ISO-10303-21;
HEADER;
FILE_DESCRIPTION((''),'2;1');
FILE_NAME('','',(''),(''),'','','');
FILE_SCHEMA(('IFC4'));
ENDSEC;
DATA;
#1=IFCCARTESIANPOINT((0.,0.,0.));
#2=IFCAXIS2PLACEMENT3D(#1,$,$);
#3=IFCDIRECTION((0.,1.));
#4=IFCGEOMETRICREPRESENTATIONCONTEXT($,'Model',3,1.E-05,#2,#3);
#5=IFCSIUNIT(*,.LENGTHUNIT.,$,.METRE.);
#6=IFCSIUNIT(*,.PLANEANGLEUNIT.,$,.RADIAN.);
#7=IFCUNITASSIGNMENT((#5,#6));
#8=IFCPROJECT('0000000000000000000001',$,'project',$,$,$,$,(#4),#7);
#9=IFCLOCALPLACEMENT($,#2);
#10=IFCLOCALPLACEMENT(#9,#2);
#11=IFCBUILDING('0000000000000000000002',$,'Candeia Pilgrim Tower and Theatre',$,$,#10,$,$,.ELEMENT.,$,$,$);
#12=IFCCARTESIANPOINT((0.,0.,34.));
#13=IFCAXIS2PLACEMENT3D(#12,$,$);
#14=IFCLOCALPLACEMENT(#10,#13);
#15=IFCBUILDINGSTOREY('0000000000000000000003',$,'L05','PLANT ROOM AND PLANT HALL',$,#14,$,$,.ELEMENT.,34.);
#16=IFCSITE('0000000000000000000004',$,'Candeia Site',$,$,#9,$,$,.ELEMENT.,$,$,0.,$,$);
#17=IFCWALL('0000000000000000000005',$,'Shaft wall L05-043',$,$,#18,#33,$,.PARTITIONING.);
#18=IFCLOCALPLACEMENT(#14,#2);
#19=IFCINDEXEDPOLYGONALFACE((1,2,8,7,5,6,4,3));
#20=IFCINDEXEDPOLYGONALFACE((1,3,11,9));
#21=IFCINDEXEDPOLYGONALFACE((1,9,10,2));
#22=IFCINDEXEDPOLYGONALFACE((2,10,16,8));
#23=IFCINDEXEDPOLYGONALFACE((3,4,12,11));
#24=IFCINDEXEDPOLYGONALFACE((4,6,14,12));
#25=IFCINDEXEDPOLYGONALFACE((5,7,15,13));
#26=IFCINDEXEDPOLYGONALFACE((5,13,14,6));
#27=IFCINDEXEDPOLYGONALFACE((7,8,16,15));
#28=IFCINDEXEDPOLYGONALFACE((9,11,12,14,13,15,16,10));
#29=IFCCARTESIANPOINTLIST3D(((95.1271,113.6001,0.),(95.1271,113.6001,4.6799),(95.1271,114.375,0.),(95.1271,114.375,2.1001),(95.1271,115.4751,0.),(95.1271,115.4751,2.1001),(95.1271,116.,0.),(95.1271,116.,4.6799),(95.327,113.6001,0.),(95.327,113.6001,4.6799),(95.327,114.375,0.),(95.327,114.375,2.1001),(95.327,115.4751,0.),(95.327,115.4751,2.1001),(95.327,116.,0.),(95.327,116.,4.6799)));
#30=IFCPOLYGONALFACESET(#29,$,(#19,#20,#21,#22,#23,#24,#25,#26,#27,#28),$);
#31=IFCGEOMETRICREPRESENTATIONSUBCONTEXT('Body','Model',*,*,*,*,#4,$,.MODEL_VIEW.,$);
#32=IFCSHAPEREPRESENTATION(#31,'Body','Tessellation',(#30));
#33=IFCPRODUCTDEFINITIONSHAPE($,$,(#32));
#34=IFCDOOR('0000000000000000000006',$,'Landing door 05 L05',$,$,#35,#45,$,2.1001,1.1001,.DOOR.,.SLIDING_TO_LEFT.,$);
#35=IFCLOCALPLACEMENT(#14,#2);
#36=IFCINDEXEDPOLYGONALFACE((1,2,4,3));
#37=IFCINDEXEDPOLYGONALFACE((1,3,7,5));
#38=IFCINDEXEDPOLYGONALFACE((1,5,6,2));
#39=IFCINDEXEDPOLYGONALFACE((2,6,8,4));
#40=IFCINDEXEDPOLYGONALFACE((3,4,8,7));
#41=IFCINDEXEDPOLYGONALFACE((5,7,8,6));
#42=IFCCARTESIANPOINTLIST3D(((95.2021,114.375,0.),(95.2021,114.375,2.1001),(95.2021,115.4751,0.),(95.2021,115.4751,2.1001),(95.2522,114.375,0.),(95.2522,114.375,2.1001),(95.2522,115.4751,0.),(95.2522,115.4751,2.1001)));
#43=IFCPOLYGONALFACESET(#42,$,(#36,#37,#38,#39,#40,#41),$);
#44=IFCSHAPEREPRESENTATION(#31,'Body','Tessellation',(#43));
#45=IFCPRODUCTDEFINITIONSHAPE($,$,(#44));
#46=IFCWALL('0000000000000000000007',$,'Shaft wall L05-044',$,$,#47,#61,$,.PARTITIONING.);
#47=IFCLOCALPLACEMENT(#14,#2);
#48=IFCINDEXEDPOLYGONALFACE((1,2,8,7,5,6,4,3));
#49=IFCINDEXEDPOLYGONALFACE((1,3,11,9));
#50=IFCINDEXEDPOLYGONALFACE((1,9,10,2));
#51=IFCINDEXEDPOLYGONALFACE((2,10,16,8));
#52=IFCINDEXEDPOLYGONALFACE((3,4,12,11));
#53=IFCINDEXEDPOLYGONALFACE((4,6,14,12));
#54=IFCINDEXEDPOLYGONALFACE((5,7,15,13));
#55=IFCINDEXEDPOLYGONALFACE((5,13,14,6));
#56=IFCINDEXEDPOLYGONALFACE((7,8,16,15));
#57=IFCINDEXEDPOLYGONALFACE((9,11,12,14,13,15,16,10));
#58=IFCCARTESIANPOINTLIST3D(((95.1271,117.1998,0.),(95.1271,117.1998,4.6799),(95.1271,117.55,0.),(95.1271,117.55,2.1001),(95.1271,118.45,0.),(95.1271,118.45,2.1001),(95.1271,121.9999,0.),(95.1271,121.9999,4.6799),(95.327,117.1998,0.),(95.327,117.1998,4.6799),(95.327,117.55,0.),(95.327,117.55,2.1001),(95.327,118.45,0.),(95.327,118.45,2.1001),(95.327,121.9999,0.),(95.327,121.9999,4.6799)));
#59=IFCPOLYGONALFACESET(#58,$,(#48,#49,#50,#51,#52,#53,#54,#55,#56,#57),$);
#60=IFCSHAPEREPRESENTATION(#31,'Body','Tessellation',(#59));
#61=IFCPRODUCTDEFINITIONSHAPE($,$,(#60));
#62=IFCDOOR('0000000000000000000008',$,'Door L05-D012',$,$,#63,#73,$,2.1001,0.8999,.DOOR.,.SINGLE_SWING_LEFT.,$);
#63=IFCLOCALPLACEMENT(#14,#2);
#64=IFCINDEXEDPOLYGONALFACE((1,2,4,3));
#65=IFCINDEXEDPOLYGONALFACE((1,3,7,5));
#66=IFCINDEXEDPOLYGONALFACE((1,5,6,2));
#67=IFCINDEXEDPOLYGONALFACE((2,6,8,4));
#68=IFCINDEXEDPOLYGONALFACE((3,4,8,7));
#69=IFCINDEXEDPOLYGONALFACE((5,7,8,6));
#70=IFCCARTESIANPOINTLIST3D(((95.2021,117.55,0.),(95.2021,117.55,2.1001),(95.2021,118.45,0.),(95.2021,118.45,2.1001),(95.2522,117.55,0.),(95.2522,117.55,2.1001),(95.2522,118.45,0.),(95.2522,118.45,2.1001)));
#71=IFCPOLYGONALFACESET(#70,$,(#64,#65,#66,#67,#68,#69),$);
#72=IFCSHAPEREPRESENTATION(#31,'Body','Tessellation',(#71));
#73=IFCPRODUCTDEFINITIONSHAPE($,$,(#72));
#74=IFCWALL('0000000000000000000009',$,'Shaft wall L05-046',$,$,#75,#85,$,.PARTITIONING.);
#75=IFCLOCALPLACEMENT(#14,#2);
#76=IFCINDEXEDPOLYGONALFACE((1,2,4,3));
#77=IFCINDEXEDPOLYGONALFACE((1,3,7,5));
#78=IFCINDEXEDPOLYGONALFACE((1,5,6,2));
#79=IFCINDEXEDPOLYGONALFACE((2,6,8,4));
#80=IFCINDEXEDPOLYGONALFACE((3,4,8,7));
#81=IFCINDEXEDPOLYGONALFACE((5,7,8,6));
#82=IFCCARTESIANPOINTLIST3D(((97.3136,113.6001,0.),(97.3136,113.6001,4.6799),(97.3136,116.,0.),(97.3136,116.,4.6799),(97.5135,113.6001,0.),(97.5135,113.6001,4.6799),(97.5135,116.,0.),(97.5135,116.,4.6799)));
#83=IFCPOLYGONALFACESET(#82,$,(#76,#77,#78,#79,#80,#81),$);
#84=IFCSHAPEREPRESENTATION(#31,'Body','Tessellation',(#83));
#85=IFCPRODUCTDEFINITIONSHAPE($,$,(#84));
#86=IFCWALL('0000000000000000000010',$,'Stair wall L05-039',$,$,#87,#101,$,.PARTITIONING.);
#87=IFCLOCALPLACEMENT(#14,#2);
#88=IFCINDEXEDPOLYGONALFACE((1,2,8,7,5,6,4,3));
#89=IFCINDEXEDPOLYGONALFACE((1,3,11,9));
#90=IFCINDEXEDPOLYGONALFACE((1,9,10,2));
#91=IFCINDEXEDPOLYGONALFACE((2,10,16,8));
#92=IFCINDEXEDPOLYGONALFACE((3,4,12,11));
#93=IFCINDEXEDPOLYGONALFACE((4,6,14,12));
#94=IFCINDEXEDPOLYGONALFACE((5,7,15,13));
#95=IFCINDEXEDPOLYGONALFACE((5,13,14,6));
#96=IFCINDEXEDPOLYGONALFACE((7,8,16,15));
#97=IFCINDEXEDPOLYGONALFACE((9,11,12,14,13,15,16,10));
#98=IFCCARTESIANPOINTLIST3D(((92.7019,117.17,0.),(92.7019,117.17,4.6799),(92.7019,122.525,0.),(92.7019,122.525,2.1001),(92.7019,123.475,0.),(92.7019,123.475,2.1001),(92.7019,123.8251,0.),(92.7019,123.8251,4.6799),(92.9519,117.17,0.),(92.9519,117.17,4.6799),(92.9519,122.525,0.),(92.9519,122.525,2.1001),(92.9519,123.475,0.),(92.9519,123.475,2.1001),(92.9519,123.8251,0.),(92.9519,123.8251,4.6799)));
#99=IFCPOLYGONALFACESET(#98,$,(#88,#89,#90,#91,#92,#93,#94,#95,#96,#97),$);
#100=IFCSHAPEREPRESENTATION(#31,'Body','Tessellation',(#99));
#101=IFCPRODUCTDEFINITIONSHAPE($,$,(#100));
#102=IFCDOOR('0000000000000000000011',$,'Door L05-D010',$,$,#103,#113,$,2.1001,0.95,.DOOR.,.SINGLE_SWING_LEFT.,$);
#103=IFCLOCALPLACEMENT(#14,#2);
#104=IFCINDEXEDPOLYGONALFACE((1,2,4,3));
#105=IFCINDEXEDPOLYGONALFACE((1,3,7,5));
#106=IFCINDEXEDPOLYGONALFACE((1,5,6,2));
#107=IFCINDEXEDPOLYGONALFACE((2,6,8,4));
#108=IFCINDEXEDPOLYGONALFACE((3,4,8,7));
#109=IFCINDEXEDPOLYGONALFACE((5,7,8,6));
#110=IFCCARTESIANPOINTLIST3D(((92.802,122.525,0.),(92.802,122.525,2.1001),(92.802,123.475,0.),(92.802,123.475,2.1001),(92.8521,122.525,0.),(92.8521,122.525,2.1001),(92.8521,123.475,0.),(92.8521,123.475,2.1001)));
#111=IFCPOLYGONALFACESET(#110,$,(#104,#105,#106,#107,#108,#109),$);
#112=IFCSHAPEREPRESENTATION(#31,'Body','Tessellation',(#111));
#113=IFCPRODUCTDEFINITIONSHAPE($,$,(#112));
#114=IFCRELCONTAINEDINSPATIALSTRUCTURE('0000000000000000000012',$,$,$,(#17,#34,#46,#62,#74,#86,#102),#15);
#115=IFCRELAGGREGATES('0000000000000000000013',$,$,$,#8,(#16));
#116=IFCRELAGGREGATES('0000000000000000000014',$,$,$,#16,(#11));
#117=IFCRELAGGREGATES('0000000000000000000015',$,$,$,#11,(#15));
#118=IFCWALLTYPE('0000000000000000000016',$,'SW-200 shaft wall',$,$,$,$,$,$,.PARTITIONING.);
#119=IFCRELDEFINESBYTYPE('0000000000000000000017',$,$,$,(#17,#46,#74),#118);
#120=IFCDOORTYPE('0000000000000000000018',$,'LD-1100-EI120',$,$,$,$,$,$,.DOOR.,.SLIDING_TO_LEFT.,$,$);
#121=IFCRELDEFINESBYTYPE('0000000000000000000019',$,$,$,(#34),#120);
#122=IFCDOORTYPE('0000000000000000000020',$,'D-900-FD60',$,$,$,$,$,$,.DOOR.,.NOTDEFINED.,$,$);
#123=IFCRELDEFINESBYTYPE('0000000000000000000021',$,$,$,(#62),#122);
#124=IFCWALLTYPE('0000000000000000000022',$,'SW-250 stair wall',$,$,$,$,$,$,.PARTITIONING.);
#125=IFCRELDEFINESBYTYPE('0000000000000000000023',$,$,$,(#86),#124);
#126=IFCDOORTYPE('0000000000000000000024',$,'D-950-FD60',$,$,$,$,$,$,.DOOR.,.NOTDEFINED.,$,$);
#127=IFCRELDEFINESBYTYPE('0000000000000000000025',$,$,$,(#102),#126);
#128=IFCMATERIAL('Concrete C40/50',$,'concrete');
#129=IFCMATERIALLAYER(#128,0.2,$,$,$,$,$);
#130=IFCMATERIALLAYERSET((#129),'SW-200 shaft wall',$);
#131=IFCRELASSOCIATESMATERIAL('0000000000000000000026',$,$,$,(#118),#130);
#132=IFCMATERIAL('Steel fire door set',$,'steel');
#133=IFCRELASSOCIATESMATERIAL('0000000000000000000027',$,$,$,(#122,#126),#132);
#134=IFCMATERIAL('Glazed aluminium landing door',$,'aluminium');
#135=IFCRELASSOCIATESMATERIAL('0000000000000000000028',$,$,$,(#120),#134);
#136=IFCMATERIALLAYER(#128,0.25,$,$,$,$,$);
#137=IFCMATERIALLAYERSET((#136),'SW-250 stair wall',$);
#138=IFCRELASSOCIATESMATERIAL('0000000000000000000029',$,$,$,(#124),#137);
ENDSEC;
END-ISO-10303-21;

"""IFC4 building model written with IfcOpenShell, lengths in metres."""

from ifc_helpers import new_model, si_unit, direction, frame, frame_2d, origin, place, context, subcontext, project, spatial, rectangle, extrude, material, layer, layer_set, type_object, element, fill, save


model = new_model("IFC4")

# Units and contexts
model_context = context("Model", 3, precision=1e-05, world=origin(), true_north=direction((0.0, 1.0)))
body_context = subcontext(model_context, "Body", "Model", "MODEL_VIEW")
ifc_project = project(units=[si_unit("LENGTHUNIT", "METRE"), si_unit("PLANEANGLEUNIT", "RADIAN")], contexts=[model_context])

# Site, building, storey
site_placement = place(None, origin())
site = spatial("IfcSite", under=ifc_project, at=site_placement, Name="Candeia Site", CompositionType="ELEMENT", RefElevation=0.0)
building_placement = place(site_placement, origin())
building = spatial("IfcBuilding", under=site, at=building_placement, Name="Candeia Pilgrim Tower and Theatre", CompositionType="ELEMENT")
storey_placement = place(building_placement, frame((0.0, 0.0, 34.0)))
storey = spatial("IfcBuildingStorey", under=building, at=storey_placement, Name="L05", Description="PLANT ROOM AND PLANT HALL", CompositionType="ELEMENT", Elevation=34.0)

# Shared definitions
ifc_material_1 = material(Name="Steel fire door set", Category="steel")

# Shared definitions
ifc_material_2 = material(Name="Concrete C40/50", Category="concrete")
ifc_layer_1 = layer(ifc_material_2, 0.2)
ifc_layer_set_1 = layer_set([ifc_layer_1], Name="SW-200 shaft wall")
wall_type_1 = type_object("IfcWallType", Name="SW-200 shaft wall", PredefinedType="PARTITIONING", material=ifc_layer_set_1)
door_type_1 = type_object("IfcDoorType", Name="D-900-FD60", OperationType="NOTDEFINED", PredefinedType="DOOR", material=ifc_material_1)

# Walls, openings, doors
wall_1_placement = place(storey_placement, frame((95.2271, 113.6001, 0.0), z_axis=(0.0, 0.0, 1.0), x_axis=(0.0, 1.0, 0.0)))
wall_1 = element("IfcWall", 1, at=wall_1_placement, inside=storey, type_object=wall_type_1, Name="Shaft wall L05-043", PredefinedType="PARTITIONING", context=body_context, shape_type="SweptSolid", body=[
    extrude(rectangle(XDim=2.3999, YDim=0.2, at=frame_2d((1.2, 0.0))), origin(), (0.0, 0.0, 1.0), 4.6799),
])
opening_1_placement = place(wall_1_placement, frame((0.7749, 0.0, 0.0)))
opening_1 = element("IfcOpeningElement", 2, at=opening_1_placement, cuts=wall_1, PredefinedType="OPENING", context=body_context, shape_type="SweptSolid", body=[
    extrude(rectangle(XDim=1.1001, YDim=2.1001, at=frame_2d((0.55, 1.05))), frame((0.0, 0.1099, 0.0), z_axis=(0.0, -1.0, 0.0), x_axis=(1.0, 0.0, 0.0)), (0.0, 0.0, 1.0), 0.22),
])
ifc_material_3 = material(Name="Glazed aluminium landing door", Category="aluminium")
door_type_2 = type_object("IfcDoorType", Name="LD-1100-EI120", OperationType="SLIDING_TO_LEFT", PredefinedType="DOOR", material=ifc_material_3)
door_1_placement = place(opening_1_placement, origin())
door_1 = element("IfcDoor", 3, at=door_1_placement, inside=storey, type_object=door_type_2, Name="Landing door 05 L05", OperationType="SLIDING_TO_LEFT", OverallHeight=2.1001, OverallWidth=1.1001, PredefinedType="DOOR", context=body_context, shape_type="SweptSolid", body=[
    extrude(rectangle(XDim=1.1001, YDim=2.1001, at=frame_2d((0.55, 1.05))), frame((0.0, 0.0249, 0.0), z_axis=(0.0, -1.0, 0.0), x_axis=(1.0, 0.0, 0.0)), (0.0, 0.0, 1.0), 0.05),
])
fill(opening_1, door_1)
wall_2_placement = place(storey_placement, frame((95.2271, 117.2, 0.0), z_axis=(0.0, 0.0, 1.0), x_axis=(0.0, 1.0, 0.0)))
wall_2 = element("IfcWall", 4, at=wall_2_placement, inside=storey, type_object=wall_type_1, Name="Shaft wall L05-044", PredefinedType="PARTITIONING", context=body_context, shape_type="SweptSolid", body=[
    extrude(rectangle(XDim=4.8, YDim=0.2, at=frame_2d((2.3999, 0.0))), origin(), (0.0, 0.0, 1.0), 4.6799),
])
opening_2_placement = place(wall_2_placement, frame((0.3501, 0.0, 0.0)))
opening_2 = element("IfcOpeningElement", 5, at=opening_2_placement, cuts=wall_2, PredefinedType="OPENING", context=body_context, shape_type="SweptSolid", body=[
    extrude(rectangle(XDim=0.8999, YDim=2.1001, at=frame_2d((0.45, 1.05))), frame((0.0, 0.1099, 0.0), z_axis=(0.0, -1.0, 0.0), x_axis=(1.0, 0.0, 0.0)), (0.0, 0.0, 1.0), 0.22),
])
door_2_placement = place(opening_2_placement, origin())
door_2 = element("IfcDoor", 6, at=door_2_placement, inside=storey, type_object=door_type_1, Name="Door L05-D012", OperationType="SINGLE_SWING_LEFT", OverallHeight=2.1001, OverallWidth=0.8999, PredefinedType="DOOR", context=body_context, shape_type="SweptSolid", body=[
    extrude(rectangle(XDim=0.8999, YDim=2.1001, at=frame_2d((0.45, 1.05))), frame((0.0, 0.0249, 0.0), z_axis=(0.0, -1.0, 0.0), x_axis=(1.0, 0.0, 0.0)), (0.0, 0.0, 1.0), 0.05),
])
fill(opening_2, door_2)

# Wall
wall_3_placement = place(storey_placement, frame((97.4136, 113.6001, 0.0), z_axis=(0.0, 0.0, 1.0), x_axis=(0.0, 1.0, 0.0)))
element("IfcWall", 7, at=wall_3_placement, inside=storey, type_object=wall_type_1, Name="Shaft wall L05-046", PredefinedType="PARTITIONING", context=body_context, shape_type="SweptSolid", body=[
    extrude(rectangle(XDim=2.3999, YDim=0.2, at=frame_2d((1.2, 0.0))), origin(), (0.0, 0.0, 1.0), 4.6799),
])

# Wall, opening, door
ifc_layer_2 = layer(ifc_material_2, 0.25)
ifc_layer_set_2 = layer_set([ifc_layer_2], Name="SW-250 stair wall")
wall_type_2 = type_object("IfcWallType", Name="SW-250 stair wall", PredefinedType="PARTITIONING", material=ifc_layer_set_2)
wall_4_placement = place(storey_placement, frame((92.8269, 117.1699, 0.0), z_axis=(0.0, 0.0, 1.0), x_axis=(0.0, 1.0, 0.0)))
wall_4 = element("IfcWall", 8, at=wall_4_placement, inside=storey, type_object=wall_type_2, Name="Stair wall L05-039", PredefinedType="PARTITIONING", context=body_context, shape_type="SweptSolid", body=[
    extrude(rectangle(XDim=6.655, YDim=0.25, at=frame_2d((3.3276, 0.0))), origin(), (0.0, 0.0, 1.0), 4.6799),
])
opening_3_placement = place(wall_4_placement, frame((5.355, 0.0, 0.0)))
opening_3 = element("IfcOpeningElement", 9, at=opening_3_placement, cuts=wall_4, PredefinedType="OPENING", context=body_context, shape_type="SweptSolid", body=[
    extrude(rectangle(XDim=0.95, YDim=2.1001, at=frame_2d((0.4751, 1.05))), frame((0.0, 0.135, 0.0), z_axis=(0.0, -1.0, 0.0), x_axis=(1.0, 0.0, 0.0)), (0.0, 0.0, 1.0), 0.27),
])
door_type_3 = type_object("IfcDoorType", Name="D-950-FD60", OperationType="NOTDEFINED", PredefinedType="DOOR", material=ifc_material_1)
door_3_placement = place(opening_3_placement, origin())
door_3 = element("IfcDoor", 10, at=door_3_placement, inside=storey, type_object=door_type_3, Name="Door L05-D010", OperationType="SINGLE_SWING_LEFT", OverallHeight=2.1001, OverallWidth=0.95, PredefinedType="DOOR", context=body_context, shape_type="SweptSolid", body=[
    extrude(rectangle(XDim=0.95, YDim=2.1001, at=frame_2d((0.4751, 1.05))), frame((0.0, 0.0249, 0.0), z_axis=(0.0, -1.0, 0.0), x_axis=(1.0, 0.0, 0.0)), (0.0, 0.0, 1.0), 0.05),
])
fill(opening_3, door_3)

save(model, "model.ifc")
